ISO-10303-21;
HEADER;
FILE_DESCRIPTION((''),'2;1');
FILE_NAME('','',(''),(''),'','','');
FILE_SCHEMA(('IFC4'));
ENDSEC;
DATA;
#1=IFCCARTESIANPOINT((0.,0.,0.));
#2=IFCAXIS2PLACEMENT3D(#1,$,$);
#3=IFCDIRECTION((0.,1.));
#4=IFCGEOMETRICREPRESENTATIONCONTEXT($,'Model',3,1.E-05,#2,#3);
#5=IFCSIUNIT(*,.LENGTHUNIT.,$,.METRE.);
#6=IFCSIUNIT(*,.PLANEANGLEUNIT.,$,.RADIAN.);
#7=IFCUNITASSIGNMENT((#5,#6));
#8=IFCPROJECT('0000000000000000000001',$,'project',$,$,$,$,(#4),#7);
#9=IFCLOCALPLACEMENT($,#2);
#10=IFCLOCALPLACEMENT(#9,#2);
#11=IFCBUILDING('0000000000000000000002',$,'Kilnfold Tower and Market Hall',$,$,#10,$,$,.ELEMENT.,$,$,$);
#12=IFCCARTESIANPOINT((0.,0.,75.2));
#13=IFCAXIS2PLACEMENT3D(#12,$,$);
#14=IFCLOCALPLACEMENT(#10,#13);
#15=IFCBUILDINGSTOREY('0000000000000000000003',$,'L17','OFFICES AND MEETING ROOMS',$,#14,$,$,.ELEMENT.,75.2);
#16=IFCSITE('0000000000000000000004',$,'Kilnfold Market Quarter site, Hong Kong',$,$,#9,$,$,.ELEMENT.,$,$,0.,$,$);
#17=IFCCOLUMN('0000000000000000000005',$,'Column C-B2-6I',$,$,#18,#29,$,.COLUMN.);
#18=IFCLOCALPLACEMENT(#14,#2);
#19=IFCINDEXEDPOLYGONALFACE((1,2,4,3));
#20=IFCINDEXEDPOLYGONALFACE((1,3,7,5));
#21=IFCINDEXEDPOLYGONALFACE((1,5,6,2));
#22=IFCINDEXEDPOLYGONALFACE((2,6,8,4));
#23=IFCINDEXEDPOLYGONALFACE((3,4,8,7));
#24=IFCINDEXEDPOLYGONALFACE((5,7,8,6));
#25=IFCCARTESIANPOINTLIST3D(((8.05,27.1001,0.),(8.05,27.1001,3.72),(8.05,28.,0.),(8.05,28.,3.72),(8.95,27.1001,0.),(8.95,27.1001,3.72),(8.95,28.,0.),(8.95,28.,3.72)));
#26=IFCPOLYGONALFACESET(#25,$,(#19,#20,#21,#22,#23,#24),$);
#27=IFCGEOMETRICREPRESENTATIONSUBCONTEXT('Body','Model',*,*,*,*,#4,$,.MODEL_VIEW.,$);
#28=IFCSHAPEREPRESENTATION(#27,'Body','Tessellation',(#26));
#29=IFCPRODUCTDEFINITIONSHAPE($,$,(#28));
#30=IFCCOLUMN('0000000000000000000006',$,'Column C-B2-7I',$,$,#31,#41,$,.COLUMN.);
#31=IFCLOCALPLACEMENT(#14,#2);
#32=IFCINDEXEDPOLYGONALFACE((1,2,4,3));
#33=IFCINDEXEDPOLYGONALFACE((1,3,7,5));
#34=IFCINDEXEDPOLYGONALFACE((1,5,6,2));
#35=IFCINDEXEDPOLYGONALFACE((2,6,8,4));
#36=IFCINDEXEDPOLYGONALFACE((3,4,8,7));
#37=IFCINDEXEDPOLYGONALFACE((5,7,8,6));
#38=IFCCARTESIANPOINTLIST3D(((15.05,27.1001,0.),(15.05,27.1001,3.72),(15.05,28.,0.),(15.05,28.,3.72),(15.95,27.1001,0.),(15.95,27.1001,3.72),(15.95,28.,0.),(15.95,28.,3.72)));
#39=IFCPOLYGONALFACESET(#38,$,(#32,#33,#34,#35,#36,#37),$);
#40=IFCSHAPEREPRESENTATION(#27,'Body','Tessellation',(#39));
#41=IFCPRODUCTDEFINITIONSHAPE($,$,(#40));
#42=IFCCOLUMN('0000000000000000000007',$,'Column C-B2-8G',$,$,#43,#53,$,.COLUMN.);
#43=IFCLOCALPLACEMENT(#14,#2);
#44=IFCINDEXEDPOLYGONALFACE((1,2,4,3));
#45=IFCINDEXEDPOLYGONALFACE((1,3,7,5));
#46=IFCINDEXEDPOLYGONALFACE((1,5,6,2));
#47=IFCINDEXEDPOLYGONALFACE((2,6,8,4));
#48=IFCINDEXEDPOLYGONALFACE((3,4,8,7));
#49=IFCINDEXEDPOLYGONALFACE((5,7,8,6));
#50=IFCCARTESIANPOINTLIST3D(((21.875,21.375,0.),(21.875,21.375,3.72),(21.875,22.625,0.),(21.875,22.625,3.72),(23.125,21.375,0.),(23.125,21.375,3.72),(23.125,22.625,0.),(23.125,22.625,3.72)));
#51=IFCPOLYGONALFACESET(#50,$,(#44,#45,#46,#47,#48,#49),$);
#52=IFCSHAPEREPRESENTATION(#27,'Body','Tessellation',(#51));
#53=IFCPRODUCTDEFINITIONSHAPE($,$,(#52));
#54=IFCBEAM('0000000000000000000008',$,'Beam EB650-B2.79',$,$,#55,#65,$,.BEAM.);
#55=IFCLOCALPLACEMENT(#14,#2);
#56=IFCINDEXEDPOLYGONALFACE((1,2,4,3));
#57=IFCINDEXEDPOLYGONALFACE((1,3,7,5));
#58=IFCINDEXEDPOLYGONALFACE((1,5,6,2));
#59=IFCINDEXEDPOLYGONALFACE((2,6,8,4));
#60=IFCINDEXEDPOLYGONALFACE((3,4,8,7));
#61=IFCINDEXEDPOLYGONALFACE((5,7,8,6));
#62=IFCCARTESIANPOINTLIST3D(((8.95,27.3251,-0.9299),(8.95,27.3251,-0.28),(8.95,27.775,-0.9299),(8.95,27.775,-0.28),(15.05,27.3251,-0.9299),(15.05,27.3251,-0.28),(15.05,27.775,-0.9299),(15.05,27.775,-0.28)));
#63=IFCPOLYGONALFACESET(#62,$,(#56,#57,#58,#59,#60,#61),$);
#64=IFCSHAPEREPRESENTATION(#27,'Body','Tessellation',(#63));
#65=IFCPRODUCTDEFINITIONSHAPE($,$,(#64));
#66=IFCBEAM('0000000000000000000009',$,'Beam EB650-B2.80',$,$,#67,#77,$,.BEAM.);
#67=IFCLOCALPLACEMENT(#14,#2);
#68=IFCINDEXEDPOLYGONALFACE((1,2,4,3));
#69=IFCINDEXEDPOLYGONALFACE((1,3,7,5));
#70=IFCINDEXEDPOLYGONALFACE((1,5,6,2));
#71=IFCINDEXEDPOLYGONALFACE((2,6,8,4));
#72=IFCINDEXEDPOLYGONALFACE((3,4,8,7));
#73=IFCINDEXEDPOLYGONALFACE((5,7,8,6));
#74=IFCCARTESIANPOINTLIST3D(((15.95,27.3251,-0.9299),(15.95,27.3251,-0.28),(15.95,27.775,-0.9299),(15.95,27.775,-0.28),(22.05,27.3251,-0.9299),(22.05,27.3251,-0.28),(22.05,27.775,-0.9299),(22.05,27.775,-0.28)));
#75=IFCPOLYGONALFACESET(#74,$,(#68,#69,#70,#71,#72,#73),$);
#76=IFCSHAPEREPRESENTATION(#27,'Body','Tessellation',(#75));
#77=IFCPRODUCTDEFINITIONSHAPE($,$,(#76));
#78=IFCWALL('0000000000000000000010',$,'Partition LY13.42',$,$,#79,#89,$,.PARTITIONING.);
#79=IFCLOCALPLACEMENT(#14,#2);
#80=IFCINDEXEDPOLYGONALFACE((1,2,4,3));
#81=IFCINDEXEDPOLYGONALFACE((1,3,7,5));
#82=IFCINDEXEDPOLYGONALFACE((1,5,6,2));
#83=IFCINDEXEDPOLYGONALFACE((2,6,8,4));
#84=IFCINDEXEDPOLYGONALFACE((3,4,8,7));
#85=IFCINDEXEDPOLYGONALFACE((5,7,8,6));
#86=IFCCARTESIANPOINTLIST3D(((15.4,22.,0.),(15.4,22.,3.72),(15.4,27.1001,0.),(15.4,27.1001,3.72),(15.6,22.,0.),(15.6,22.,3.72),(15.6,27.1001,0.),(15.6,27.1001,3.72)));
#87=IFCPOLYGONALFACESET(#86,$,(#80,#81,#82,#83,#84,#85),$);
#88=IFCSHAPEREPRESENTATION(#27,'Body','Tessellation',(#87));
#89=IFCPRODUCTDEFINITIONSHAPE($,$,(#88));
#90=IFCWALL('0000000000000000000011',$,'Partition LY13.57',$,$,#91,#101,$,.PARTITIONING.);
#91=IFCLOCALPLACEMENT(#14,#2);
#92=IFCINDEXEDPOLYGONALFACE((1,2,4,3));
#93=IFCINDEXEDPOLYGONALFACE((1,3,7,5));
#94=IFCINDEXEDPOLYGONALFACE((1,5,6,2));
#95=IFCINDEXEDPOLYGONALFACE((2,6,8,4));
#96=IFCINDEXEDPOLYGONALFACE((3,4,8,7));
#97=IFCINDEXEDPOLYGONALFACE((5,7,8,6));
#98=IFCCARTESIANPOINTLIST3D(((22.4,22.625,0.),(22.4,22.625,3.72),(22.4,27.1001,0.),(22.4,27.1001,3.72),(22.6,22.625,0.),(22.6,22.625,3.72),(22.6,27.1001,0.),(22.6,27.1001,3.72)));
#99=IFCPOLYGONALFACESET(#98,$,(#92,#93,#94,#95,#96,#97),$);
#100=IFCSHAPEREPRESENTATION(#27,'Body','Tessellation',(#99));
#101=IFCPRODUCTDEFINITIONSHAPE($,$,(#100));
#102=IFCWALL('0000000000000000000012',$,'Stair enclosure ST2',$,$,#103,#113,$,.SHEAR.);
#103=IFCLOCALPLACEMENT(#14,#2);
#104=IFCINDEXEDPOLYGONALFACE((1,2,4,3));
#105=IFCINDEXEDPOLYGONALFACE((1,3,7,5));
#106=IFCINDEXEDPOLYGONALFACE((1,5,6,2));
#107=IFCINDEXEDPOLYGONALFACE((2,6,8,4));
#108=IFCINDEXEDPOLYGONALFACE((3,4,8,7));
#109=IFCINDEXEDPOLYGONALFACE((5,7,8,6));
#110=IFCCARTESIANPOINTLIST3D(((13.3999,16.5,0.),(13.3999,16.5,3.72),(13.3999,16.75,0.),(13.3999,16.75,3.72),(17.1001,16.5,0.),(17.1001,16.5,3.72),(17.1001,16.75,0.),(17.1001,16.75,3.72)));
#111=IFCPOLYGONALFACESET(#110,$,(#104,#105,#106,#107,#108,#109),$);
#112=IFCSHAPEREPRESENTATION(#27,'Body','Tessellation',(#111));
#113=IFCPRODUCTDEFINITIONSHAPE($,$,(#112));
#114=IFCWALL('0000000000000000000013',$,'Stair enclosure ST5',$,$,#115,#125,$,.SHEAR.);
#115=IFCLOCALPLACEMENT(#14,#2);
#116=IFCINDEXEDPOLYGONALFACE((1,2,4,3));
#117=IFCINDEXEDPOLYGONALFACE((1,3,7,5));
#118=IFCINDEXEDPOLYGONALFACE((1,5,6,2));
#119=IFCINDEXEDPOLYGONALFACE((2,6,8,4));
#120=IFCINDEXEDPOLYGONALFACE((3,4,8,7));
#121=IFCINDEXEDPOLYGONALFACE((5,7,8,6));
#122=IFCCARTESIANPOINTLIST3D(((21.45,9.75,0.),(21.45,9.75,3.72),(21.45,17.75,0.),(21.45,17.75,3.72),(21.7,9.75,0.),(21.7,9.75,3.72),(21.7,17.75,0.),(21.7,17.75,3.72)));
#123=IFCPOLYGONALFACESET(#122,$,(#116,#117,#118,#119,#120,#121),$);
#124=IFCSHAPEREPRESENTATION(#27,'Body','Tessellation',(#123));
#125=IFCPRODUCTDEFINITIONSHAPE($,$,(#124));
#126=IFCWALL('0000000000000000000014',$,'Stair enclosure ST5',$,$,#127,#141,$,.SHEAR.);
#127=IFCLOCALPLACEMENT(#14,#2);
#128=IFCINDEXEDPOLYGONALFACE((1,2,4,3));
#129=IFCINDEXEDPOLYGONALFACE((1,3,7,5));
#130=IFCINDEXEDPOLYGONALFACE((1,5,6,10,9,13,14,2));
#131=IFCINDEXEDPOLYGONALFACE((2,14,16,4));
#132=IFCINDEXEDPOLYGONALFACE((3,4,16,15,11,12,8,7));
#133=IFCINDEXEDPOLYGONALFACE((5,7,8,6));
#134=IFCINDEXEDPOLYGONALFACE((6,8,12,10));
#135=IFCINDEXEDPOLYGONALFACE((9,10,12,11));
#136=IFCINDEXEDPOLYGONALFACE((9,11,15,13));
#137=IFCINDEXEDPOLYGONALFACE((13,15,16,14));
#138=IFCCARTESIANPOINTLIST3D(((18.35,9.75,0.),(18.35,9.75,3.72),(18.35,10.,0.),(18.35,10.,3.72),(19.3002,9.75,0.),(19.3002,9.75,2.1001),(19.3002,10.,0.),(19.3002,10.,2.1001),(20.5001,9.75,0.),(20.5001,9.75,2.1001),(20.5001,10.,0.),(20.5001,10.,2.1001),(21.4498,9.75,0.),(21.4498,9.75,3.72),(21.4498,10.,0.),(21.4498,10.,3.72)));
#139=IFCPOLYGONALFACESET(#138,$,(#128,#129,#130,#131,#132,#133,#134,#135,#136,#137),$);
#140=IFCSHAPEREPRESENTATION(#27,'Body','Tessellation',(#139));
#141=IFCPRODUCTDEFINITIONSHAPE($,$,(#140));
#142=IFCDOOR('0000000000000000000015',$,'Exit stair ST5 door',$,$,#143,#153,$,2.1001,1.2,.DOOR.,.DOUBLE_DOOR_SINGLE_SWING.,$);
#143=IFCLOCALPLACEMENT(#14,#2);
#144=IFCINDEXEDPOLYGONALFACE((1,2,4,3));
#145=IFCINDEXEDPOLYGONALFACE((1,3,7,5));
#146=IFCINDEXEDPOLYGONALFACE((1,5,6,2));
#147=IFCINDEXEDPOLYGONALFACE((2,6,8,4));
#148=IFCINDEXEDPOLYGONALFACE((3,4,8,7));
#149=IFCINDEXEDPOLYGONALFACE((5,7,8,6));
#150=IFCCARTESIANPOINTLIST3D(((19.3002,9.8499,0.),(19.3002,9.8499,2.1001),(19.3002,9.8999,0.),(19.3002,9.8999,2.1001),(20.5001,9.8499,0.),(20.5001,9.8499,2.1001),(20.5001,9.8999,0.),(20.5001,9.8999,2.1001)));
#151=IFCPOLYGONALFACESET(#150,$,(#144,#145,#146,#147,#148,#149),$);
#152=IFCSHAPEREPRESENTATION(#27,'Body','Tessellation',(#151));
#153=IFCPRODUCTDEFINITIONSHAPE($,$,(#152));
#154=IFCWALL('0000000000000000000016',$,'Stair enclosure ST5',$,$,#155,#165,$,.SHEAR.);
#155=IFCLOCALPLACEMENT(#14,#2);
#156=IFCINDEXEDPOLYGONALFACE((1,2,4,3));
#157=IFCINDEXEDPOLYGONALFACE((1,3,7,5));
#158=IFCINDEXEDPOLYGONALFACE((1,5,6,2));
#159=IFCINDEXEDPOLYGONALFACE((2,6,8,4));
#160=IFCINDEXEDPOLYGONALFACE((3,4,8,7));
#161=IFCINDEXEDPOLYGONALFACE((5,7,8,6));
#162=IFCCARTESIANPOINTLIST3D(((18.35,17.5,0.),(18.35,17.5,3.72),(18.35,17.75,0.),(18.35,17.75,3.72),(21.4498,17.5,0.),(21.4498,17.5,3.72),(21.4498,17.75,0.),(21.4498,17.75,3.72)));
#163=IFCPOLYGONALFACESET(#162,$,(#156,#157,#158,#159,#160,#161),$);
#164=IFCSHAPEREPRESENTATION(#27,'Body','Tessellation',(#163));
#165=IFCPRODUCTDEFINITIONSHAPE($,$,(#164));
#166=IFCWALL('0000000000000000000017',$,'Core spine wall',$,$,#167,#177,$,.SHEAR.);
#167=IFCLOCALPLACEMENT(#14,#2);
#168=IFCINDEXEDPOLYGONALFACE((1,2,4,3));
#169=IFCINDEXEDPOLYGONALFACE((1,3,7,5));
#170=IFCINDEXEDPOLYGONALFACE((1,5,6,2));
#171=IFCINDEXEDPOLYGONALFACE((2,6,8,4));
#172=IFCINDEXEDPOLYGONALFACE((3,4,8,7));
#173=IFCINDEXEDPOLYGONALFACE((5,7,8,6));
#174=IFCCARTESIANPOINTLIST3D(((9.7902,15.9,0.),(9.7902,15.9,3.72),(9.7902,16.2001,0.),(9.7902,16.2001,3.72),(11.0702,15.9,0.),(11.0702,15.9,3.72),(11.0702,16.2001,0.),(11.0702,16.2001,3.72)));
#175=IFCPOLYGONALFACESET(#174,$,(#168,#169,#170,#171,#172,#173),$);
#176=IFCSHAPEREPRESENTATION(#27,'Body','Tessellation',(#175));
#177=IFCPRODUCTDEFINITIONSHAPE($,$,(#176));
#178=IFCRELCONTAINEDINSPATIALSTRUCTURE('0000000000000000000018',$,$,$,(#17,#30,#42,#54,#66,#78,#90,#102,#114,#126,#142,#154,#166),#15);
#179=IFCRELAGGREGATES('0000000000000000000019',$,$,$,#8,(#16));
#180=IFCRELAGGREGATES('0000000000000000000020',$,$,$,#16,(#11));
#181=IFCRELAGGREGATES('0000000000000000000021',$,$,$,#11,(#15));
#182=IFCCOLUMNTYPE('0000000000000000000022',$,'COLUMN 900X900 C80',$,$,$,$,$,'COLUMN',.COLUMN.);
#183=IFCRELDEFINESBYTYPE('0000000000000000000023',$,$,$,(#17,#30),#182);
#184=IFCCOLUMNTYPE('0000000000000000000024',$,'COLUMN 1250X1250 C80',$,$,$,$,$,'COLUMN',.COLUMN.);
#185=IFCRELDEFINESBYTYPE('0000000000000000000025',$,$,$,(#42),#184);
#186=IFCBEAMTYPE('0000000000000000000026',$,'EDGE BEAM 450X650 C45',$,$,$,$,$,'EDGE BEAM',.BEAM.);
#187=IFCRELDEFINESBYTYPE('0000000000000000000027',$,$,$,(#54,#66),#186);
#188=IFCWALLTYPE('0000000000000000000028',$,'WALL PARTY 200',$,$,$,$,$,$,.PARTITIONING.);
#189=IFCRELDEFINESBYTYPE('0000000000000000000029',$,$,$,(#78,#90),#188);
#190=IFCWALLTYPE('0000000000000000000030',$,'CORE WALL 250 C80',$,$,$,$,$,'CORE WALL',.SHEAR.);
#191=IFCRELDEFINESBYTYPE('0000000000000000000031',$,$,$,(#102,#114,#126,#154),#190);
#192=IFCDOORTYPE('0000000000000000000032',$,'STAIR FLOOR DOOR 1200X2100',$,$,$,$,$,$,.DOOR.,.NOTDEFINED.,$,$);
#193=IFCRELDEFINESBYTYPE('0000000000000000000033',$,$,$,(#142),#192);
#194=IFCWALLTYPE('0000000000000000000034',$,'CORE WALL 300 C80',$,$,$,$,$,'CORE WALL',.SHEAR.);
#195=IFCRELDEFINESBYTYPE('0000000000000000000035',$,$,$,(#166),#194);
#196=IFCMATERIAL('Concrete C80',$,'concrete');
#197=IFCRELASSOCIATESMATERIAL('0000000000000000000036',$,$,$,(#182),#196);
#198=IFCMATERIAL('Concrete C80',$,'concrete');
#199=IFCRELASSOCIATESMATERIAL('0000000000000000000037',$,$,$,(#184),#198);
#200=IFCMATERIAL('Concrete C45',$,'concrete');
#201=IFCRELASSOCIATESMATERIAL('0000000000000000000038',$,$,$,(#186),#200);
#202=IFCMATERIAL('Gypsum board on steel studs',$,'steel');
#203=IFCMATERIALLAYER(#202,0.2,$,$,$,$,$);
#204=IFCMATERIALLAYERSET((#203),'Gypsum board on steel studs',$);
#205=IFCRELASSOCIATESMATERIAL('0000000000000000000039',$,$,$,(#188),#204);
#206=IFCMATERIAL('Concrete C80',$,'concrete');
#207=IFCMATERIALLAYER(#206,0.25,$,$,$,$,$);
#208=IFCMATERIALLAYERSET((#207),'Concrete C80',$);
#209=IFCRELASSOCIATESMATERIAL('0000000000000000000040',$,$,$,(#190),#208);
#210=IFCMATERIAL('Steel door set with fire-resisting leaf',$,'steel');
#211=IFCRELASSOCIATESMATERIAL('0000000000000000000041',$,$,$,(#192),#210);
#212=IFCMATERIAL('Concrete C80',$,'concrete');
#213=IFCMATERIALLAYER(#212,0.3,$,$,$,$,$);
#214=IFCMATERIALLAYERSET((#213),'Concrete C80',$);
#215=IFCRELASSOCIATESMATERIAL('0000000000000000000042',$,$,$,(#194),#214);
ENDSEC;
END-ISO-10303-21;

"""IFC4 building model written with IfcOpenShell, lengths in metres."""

from ifc_helpers import new_model, si_unit, direction, frame, frame_2d, origin, origin_2d, place, context, subcontext, project, spatial, rectangle, extrude, source, transform, mapped, material, layer, layer_set, material_profile, profile_set, type_object, element, fill, save


model = new_model("IFC4")

# Units and contexts
model_context = context("Model", 3, precision=1e-05, world=origin(), true_north=direction((0.0, 1.0)))
body_context = subcontext(model_context, "Body", "Model", "MODEL_VIEW")
ifc_project = project(units=[si_unit("LENGTHUNIT", "METRE"), si_unit("PLANEANGLEUNIT", "RADIAN")], contexts=[model_context])

# Site, building, storey
site_placement = place(None, origin())
site = spatial("IfcSite", under=ifc_project, at=site_placement, Name="Kilnfold Market Quarter site, Hong Kong", CompositionType="ELEMENT", RefElevation=0.0)
building_placement = place(site_placement, origin())
building = spatial("IfcBuilding", under=site, at=building_placement, Name="Kilnfold Tower and Market Hall", CompositionType="ELEMENT")
storey_placement = place(building_placement, frame((0.0, 0.0, 75.2)))
storey = spatial("IfcBuildingStorey", under=building, at=storey_placement, Name="L17", Description="OFFICES AND MEETING ROOMS", CompositionType="ELEMENT", Elevation=75.2)

# Columns
ifc_material_1 = material(Name="Concrete C80", Category="concrete")
ifc_material_profile_1 = material_profile(ifc_material_1, rectangle(XDim=0.8999, YDim=0.8999, at=origin_2d()), Name="RC 900x900")
ifc_profile_set_1 = profile_set([ifc_material_profile_1], Name="Concrete C80")
column_type_1 = type_object("IfcColumnType", Name="COLUMN 900X900 C80", ElementType="COLUMN", PredefinedType="COLUMN", material=ifc_profile_set_1)
shared_shape_1 = source(origin(), body_context, "Body", "SweptSolid", [
    extrude(rectangle(XDim=0.8999, YDim=0.8999, at=origin_2d()), origin(), (0.0, 0.0, 1.0), 3.72),
])
for number, where, z_axis, x_axis, name in (
    (1, (8.5, 27.55, 0.0), (0.0, 0.0, 1.0), (1.0, 0.0, 0.0), "Column C-B2-6I"),
    (2, (15.5, 27.55, 0.0), (0.0, 0.0, 1.0), (1.0, 0.0, 0.0), "Column C-B2-7I"),
):
    element("IfcColumn", number, at=place(storey_placement, frame(where, z_axis=z_axis, x_axis=x_axis)), inside=storey, type_object=column_type_1, Name=name, PredefinedType="COLUMN", context=body_context, shape_type="MappedRepresentation", body=[
        mapped(shared_shape_1, transform((0.0, 0.0, 0.0))),
    ])
ifc_material_2 = material(Name="Concrete C80", Category="concrete")
ifc_material_profile_2 = material_profile(ifc_material_2, rectangle(XDim=1.25, YDim=1.25, at=origin_2d()), Name="RC 1250x1250")
ifc_profile_set_2 = profile_set([ifc_material_profile_2], Name="Concrete C80")
column_type_2 = type_object("IfcColumnType", Name="COLUMN 1250X1250 C80", ElementType="COLUMN", PredefinedType="COLUMN", material=ifc_profile_set_2)
shared_shape_2 = source(origin(), body_context, "Body", "SweptSolid", [
    extrude(rectangle(XDim=1.25, YDim=1.25, at=origin_2d()), origin(), (0.0, 0.0, 1.0), 3.72),
])
column_placement = place(storey_placement, frame((22.5, 22.0, 0.0), z_axis=(0.0, 0.0, 1.0), x_axis=(1.0, 0.0, 0.0)))
element("IfcColumn", 3, at=column_placement, inside=storey, type_object=column_type_2, Name="Column C-B2-8G", PredefinedType="COLUMN", context=body_context, shape_type="MappedRepresentation", body=[
    mapped(shared_shape_2, transform((0.0, 0.0, 0.0))),
])

# Beams
ifc_material_3 = material(Name="Concrete C45", Category="concrete")
ifc_material_profile_3 = material_profile(ifc_material_3, rectangle(XDim=0.45, YDim=0.6499, at=origin_2d()), Name="RC 450x650")
ifc_profile_set_3 = profile_set([ifc_material_profile_3], Name="Concrete C45")
beam_type = type_object("IfcBeamType", Name="EDGE BEAM 450X650 C45", ElementType="EDGE BEAM", PredefinedType="BEAM", material=ifc_profile_set_3)
shared_shape_3 = source(origin(), body_context, "Body", "SweptSolid", [
    extrude(rectangle(XDim=0.45, YDim=0.6499, at=origin_2d()), origin(), (0.0, 0.0, 1.0), 6.1001),
])
for number, where, z_axis, x_axis, name in (
    (4, (8.95, 27.55, -0.605), (1.0, 0.0, 0.0), (0.0, 1.0, 0.0), "Beam EB650-B2.79"),
    (5, (15.95, 27.55, -0.605), (1.0, 0.0, 0.0), (0.0, 1.0, 0.0), "Beam EB650-B2.80"),
):
    element("IfcBeam", number, at=place(storey_placement, frame(where, z_axis=z_axis, x_axis=x_axis)), inside=storey, type_object=beam_type, Name=name, PredefinedType="BEAM", context=body_context, shape_type="MappedRepresentation", body=[
        mapped(shared_shape_3, transform((0.0, 0.0, 0.0))),
    ])

# Walls
ifc_material_4 = material(Name="Gypsum board on steel studs", Category="steel")
ifc_layer_1 = layer(ifc_material_4, 0.2)
ifc_layer_set_1 = layer_set([ifc_layer_1], Name="Gypsum board on steel studs")
wall_type_1 = type_object("IfcWallType", Name="WALL PARTY 200", PredefinedType="PARTITIONING", material=ifc_layer_set_1)
wall_1_placement = place(storey_placement, frame((15.5, 22.0, 0.0), z_axis=(0.0, 0.0, 1.0), x_axis=(0.0, 1.0, 0.0)))
element("IfcWall", 6, at=wall_1_placement, inside=storey, type_object=wall_type_1, Name="Partition LY13.42", PredefinedType="PARTITIONING", context=body_context, shape_type="SweptSolid", body=[
    extrude(rectangle(XDim=5.1001, YDim=0.2, at=frame_2d((2.55, 0.0))), origin(), (0.0, 0.0, 1.0), 3.72),
])
wall_2_placement = place(storey_placement, frame((22.5, 22.625, 0.0), z_axis=(0.0, 0.0, 1.0), x_axis=(0.0, 1.0, 0.0)))
element("IfcWall", 7, at=wall_2_placement, inside=storey, type_object=wall_type_1, Name="Partition LY13.57", PredefinedType="PARTITIONING", context=body_context, shape_type="SweptSolid", body=[
    extrude(rectangle(XDim=4.4751, YDim=0.2, at=frame_2d((2.2375, 0.0))), origin(), (0.0, 0.0, 1.0), 3.72),
])
ifc_material_5 = material(Name="Concrete C80", Category="concrete")
ifc_layer_2 = layer(ifc_material_5, 0.25)
ifc_layer_set_2 = layer_set([ifc_layer_2], Name="Concrete C80")
wall_type_2 = type_object("IfcWallType", Name="CORE WALL 250 C80", ElementType="CORE WALL", PredefinedType="SHEAR", material=ifc_layer_set_2)
shared_shape_4 = source(origin(), body_context, "Body", "SweptSolid", [
    extrude(rectangle(XDim=3.7002, YDim=0.25, at=frame_2d((1.8501, 0.0))), origin(), (0.0, 0.0, 1.0), 3.72),
])
wall_3_placement = place(storey_placement, frame((13.3999, 16.625, 0.0), z_axis=(0.0, 0.0, 1.0), x_axis=(1.0, 0.0, 0.0)))
element("IfcWall", 8, at=wall_3_placement, inside=storey, type_object=wall_type_2, Name="Stair enclosure ST2", PredefinedType="SHEAR", context=body_context, shape_type="MappedRepresentation", body=[
    mapped(shared_shape_4, transform((0.0, 0.0, 0.0))),
])
shared_shape_5 = source(origin(), body_context, "Body", "SweptSolid", [
    extrude(rectangle(XDim=8.0, YDim=0.25, at=frame_2d((4.0, 0.0))), origin(), (0.0, 0.0, 1.0), 3.72),
])
wall_4_placement = place(storey_placement, frame((21.575, 9.75, 0.0), z_axis=(0.0, 0.0, 1.0), x_axis=(0.0, 1.0, 0.0)))
element("IfcWall", 9, at=wall_4_placement, inside=storey, type_object=wall_type_2, Name="Stair enclosure ST5", PredefinedType="SHEAR", context=body_context, shape_type="MappedRepresentation", body=[
    mapped(shared_shape_5, transform((0.0, 0.0, 0.0))),
])

# Wall, opening, door
shared_shape_6 = source(origin(), body_context, "Body", "SweptSolid", [
    extrude(rectangle(XDim=3.0999, YDim=0.25, at=frame_2d((1.5498, 0.0))), origin(), (0.0, 0.0, 1.0), 3.72),
])
wall_5_placement = place(storey_placement, frame((18.3501, 9.875, 0.0), z_axis=(0.0, 0.0, 1.0), x_axis=(1.0, 0.0, 0.0)))
wall_5 = element("IfcWall", 10, at=wall_5_placement, inside=storey, type_object=wall_type_2, Name="Stair enclosure ST5", PredefinedType="SHEAR", context=body_context, shape_type="MappedRepresentation", body=[
    mapped(shared_shape_6, transform((0.0, 0.0, 0.0))),
])
opening_1_placement = place(wall_5_placement, frame((0.95, 0.0, 0.0)))
opening_1 = element("IfcOpeningElement", 11, at=opening_1_placement, cuts=wall_5, PredefinedType="OPENING", context=body_context, shape_type="SweptSolid", body=[
    extrude(rectangle(XDim=1.2, YDim=2.1001, at=frame_2d((0.6001, 1.05))), frame((0.0, 0.135, 0.0), z_axis=(0.0, -1.0, 0.0), x_axis=(1.0, 0.0, 0.0)), (0.0, 0.0, 1.0), 0.27),
])
ifc_material_6 = material(Name="Steel door set with fire-resisting leaf", Category="steel")
door_type_1 = type_object("IfcDoorType", Name="STAIR FLOOR DOOR 1200X2100", OperationType="NOTDEFINED", PredefinedType="DOOR", material=ifc_material_6)
door_1_placement = place(opening_1_placement, origin())
door_1 = element("IfcDoor", 12, at=door_1_placement, inside=storey, type_object=door_type_1, Name="Exit stair ST5 door", OperationType="DOUBLE_DOOR_SINGLE_SWING", OverallHeight=2.1001, OverallWidth=1.2, PredefinedType="DOOR", context=body_context, shape_type="SweptSolid", body=[
    extrude(rectangle(XDim=1.2, YDim=2.1001, at=frame_2d((0.6001, 1.05))), frame((0.0, 0.0249, 0.0), z_axis=(0.0, -1.0, 0.0), x_axis=(1.0, 0.0, 0.0)), (0.0, 0.0, 1.0), 0.05),
])
fill(opening_1, door_1)

# Walls
wall_6_placement = place(storey_placement, frame((18.3501, 17.625, 0.0), z_axis=(0.0, 0.0, 1.0), x_axis=(1.0, 0.0, 0.0)))
element("IfcWall", 13, at=wall_6_placement, inside=storey, type_object=wall_type_2, Name="Stair enclosure ST5", PredefinedType="SHEAR", context=body_context, shape_type="MappedRepresentation", body=[
    mapped(shared_shape_6, transform((0.0, 0.0, 0.0))),
])
ifc_material_7 = material(Name="Concrete C80", Category="concrete")
ifc_layer_3 = layer(ifc_material_7, 0.3)
ifc_layer_set_3 = layer_set([ifc_layer_3], Name="Concrete C80")
wall_type_3 = type_object("IfcWallType", Name="CORE WALL 300 C80", ElementType="CORE WALL", PredefinedType="SHEAR", material=ifc_layer_set_3)
shared_shape_7 = source(origin(), body_context, "Body", "SweptSolid", [
    extrude(rectangle(XDim=1.28, YDim=0.3, at=frame_2d((0.6401, 0.0))), origin(), (0.0, 0.0, 1.0), 3.72),
])
wall_7_placement = place(storey_placement, frame((9.79, 16.05, 0.0), z_axis=(0.0, 0.0, 1.0), x_axis=(1.0, 0.0, 0.0)))
element("IfcWall", 14, at=wall_7_placement, inside=storey, type_object=wall_type_3, Name="Core spine wall", PredefinedType="SHEAR", context=body_context, shape_type="MappedRepresentation", body=[
    mapped(shared_shape_7, transform((0.0, 0.0, 0.0))),
])

save(model, "model.ifc")
